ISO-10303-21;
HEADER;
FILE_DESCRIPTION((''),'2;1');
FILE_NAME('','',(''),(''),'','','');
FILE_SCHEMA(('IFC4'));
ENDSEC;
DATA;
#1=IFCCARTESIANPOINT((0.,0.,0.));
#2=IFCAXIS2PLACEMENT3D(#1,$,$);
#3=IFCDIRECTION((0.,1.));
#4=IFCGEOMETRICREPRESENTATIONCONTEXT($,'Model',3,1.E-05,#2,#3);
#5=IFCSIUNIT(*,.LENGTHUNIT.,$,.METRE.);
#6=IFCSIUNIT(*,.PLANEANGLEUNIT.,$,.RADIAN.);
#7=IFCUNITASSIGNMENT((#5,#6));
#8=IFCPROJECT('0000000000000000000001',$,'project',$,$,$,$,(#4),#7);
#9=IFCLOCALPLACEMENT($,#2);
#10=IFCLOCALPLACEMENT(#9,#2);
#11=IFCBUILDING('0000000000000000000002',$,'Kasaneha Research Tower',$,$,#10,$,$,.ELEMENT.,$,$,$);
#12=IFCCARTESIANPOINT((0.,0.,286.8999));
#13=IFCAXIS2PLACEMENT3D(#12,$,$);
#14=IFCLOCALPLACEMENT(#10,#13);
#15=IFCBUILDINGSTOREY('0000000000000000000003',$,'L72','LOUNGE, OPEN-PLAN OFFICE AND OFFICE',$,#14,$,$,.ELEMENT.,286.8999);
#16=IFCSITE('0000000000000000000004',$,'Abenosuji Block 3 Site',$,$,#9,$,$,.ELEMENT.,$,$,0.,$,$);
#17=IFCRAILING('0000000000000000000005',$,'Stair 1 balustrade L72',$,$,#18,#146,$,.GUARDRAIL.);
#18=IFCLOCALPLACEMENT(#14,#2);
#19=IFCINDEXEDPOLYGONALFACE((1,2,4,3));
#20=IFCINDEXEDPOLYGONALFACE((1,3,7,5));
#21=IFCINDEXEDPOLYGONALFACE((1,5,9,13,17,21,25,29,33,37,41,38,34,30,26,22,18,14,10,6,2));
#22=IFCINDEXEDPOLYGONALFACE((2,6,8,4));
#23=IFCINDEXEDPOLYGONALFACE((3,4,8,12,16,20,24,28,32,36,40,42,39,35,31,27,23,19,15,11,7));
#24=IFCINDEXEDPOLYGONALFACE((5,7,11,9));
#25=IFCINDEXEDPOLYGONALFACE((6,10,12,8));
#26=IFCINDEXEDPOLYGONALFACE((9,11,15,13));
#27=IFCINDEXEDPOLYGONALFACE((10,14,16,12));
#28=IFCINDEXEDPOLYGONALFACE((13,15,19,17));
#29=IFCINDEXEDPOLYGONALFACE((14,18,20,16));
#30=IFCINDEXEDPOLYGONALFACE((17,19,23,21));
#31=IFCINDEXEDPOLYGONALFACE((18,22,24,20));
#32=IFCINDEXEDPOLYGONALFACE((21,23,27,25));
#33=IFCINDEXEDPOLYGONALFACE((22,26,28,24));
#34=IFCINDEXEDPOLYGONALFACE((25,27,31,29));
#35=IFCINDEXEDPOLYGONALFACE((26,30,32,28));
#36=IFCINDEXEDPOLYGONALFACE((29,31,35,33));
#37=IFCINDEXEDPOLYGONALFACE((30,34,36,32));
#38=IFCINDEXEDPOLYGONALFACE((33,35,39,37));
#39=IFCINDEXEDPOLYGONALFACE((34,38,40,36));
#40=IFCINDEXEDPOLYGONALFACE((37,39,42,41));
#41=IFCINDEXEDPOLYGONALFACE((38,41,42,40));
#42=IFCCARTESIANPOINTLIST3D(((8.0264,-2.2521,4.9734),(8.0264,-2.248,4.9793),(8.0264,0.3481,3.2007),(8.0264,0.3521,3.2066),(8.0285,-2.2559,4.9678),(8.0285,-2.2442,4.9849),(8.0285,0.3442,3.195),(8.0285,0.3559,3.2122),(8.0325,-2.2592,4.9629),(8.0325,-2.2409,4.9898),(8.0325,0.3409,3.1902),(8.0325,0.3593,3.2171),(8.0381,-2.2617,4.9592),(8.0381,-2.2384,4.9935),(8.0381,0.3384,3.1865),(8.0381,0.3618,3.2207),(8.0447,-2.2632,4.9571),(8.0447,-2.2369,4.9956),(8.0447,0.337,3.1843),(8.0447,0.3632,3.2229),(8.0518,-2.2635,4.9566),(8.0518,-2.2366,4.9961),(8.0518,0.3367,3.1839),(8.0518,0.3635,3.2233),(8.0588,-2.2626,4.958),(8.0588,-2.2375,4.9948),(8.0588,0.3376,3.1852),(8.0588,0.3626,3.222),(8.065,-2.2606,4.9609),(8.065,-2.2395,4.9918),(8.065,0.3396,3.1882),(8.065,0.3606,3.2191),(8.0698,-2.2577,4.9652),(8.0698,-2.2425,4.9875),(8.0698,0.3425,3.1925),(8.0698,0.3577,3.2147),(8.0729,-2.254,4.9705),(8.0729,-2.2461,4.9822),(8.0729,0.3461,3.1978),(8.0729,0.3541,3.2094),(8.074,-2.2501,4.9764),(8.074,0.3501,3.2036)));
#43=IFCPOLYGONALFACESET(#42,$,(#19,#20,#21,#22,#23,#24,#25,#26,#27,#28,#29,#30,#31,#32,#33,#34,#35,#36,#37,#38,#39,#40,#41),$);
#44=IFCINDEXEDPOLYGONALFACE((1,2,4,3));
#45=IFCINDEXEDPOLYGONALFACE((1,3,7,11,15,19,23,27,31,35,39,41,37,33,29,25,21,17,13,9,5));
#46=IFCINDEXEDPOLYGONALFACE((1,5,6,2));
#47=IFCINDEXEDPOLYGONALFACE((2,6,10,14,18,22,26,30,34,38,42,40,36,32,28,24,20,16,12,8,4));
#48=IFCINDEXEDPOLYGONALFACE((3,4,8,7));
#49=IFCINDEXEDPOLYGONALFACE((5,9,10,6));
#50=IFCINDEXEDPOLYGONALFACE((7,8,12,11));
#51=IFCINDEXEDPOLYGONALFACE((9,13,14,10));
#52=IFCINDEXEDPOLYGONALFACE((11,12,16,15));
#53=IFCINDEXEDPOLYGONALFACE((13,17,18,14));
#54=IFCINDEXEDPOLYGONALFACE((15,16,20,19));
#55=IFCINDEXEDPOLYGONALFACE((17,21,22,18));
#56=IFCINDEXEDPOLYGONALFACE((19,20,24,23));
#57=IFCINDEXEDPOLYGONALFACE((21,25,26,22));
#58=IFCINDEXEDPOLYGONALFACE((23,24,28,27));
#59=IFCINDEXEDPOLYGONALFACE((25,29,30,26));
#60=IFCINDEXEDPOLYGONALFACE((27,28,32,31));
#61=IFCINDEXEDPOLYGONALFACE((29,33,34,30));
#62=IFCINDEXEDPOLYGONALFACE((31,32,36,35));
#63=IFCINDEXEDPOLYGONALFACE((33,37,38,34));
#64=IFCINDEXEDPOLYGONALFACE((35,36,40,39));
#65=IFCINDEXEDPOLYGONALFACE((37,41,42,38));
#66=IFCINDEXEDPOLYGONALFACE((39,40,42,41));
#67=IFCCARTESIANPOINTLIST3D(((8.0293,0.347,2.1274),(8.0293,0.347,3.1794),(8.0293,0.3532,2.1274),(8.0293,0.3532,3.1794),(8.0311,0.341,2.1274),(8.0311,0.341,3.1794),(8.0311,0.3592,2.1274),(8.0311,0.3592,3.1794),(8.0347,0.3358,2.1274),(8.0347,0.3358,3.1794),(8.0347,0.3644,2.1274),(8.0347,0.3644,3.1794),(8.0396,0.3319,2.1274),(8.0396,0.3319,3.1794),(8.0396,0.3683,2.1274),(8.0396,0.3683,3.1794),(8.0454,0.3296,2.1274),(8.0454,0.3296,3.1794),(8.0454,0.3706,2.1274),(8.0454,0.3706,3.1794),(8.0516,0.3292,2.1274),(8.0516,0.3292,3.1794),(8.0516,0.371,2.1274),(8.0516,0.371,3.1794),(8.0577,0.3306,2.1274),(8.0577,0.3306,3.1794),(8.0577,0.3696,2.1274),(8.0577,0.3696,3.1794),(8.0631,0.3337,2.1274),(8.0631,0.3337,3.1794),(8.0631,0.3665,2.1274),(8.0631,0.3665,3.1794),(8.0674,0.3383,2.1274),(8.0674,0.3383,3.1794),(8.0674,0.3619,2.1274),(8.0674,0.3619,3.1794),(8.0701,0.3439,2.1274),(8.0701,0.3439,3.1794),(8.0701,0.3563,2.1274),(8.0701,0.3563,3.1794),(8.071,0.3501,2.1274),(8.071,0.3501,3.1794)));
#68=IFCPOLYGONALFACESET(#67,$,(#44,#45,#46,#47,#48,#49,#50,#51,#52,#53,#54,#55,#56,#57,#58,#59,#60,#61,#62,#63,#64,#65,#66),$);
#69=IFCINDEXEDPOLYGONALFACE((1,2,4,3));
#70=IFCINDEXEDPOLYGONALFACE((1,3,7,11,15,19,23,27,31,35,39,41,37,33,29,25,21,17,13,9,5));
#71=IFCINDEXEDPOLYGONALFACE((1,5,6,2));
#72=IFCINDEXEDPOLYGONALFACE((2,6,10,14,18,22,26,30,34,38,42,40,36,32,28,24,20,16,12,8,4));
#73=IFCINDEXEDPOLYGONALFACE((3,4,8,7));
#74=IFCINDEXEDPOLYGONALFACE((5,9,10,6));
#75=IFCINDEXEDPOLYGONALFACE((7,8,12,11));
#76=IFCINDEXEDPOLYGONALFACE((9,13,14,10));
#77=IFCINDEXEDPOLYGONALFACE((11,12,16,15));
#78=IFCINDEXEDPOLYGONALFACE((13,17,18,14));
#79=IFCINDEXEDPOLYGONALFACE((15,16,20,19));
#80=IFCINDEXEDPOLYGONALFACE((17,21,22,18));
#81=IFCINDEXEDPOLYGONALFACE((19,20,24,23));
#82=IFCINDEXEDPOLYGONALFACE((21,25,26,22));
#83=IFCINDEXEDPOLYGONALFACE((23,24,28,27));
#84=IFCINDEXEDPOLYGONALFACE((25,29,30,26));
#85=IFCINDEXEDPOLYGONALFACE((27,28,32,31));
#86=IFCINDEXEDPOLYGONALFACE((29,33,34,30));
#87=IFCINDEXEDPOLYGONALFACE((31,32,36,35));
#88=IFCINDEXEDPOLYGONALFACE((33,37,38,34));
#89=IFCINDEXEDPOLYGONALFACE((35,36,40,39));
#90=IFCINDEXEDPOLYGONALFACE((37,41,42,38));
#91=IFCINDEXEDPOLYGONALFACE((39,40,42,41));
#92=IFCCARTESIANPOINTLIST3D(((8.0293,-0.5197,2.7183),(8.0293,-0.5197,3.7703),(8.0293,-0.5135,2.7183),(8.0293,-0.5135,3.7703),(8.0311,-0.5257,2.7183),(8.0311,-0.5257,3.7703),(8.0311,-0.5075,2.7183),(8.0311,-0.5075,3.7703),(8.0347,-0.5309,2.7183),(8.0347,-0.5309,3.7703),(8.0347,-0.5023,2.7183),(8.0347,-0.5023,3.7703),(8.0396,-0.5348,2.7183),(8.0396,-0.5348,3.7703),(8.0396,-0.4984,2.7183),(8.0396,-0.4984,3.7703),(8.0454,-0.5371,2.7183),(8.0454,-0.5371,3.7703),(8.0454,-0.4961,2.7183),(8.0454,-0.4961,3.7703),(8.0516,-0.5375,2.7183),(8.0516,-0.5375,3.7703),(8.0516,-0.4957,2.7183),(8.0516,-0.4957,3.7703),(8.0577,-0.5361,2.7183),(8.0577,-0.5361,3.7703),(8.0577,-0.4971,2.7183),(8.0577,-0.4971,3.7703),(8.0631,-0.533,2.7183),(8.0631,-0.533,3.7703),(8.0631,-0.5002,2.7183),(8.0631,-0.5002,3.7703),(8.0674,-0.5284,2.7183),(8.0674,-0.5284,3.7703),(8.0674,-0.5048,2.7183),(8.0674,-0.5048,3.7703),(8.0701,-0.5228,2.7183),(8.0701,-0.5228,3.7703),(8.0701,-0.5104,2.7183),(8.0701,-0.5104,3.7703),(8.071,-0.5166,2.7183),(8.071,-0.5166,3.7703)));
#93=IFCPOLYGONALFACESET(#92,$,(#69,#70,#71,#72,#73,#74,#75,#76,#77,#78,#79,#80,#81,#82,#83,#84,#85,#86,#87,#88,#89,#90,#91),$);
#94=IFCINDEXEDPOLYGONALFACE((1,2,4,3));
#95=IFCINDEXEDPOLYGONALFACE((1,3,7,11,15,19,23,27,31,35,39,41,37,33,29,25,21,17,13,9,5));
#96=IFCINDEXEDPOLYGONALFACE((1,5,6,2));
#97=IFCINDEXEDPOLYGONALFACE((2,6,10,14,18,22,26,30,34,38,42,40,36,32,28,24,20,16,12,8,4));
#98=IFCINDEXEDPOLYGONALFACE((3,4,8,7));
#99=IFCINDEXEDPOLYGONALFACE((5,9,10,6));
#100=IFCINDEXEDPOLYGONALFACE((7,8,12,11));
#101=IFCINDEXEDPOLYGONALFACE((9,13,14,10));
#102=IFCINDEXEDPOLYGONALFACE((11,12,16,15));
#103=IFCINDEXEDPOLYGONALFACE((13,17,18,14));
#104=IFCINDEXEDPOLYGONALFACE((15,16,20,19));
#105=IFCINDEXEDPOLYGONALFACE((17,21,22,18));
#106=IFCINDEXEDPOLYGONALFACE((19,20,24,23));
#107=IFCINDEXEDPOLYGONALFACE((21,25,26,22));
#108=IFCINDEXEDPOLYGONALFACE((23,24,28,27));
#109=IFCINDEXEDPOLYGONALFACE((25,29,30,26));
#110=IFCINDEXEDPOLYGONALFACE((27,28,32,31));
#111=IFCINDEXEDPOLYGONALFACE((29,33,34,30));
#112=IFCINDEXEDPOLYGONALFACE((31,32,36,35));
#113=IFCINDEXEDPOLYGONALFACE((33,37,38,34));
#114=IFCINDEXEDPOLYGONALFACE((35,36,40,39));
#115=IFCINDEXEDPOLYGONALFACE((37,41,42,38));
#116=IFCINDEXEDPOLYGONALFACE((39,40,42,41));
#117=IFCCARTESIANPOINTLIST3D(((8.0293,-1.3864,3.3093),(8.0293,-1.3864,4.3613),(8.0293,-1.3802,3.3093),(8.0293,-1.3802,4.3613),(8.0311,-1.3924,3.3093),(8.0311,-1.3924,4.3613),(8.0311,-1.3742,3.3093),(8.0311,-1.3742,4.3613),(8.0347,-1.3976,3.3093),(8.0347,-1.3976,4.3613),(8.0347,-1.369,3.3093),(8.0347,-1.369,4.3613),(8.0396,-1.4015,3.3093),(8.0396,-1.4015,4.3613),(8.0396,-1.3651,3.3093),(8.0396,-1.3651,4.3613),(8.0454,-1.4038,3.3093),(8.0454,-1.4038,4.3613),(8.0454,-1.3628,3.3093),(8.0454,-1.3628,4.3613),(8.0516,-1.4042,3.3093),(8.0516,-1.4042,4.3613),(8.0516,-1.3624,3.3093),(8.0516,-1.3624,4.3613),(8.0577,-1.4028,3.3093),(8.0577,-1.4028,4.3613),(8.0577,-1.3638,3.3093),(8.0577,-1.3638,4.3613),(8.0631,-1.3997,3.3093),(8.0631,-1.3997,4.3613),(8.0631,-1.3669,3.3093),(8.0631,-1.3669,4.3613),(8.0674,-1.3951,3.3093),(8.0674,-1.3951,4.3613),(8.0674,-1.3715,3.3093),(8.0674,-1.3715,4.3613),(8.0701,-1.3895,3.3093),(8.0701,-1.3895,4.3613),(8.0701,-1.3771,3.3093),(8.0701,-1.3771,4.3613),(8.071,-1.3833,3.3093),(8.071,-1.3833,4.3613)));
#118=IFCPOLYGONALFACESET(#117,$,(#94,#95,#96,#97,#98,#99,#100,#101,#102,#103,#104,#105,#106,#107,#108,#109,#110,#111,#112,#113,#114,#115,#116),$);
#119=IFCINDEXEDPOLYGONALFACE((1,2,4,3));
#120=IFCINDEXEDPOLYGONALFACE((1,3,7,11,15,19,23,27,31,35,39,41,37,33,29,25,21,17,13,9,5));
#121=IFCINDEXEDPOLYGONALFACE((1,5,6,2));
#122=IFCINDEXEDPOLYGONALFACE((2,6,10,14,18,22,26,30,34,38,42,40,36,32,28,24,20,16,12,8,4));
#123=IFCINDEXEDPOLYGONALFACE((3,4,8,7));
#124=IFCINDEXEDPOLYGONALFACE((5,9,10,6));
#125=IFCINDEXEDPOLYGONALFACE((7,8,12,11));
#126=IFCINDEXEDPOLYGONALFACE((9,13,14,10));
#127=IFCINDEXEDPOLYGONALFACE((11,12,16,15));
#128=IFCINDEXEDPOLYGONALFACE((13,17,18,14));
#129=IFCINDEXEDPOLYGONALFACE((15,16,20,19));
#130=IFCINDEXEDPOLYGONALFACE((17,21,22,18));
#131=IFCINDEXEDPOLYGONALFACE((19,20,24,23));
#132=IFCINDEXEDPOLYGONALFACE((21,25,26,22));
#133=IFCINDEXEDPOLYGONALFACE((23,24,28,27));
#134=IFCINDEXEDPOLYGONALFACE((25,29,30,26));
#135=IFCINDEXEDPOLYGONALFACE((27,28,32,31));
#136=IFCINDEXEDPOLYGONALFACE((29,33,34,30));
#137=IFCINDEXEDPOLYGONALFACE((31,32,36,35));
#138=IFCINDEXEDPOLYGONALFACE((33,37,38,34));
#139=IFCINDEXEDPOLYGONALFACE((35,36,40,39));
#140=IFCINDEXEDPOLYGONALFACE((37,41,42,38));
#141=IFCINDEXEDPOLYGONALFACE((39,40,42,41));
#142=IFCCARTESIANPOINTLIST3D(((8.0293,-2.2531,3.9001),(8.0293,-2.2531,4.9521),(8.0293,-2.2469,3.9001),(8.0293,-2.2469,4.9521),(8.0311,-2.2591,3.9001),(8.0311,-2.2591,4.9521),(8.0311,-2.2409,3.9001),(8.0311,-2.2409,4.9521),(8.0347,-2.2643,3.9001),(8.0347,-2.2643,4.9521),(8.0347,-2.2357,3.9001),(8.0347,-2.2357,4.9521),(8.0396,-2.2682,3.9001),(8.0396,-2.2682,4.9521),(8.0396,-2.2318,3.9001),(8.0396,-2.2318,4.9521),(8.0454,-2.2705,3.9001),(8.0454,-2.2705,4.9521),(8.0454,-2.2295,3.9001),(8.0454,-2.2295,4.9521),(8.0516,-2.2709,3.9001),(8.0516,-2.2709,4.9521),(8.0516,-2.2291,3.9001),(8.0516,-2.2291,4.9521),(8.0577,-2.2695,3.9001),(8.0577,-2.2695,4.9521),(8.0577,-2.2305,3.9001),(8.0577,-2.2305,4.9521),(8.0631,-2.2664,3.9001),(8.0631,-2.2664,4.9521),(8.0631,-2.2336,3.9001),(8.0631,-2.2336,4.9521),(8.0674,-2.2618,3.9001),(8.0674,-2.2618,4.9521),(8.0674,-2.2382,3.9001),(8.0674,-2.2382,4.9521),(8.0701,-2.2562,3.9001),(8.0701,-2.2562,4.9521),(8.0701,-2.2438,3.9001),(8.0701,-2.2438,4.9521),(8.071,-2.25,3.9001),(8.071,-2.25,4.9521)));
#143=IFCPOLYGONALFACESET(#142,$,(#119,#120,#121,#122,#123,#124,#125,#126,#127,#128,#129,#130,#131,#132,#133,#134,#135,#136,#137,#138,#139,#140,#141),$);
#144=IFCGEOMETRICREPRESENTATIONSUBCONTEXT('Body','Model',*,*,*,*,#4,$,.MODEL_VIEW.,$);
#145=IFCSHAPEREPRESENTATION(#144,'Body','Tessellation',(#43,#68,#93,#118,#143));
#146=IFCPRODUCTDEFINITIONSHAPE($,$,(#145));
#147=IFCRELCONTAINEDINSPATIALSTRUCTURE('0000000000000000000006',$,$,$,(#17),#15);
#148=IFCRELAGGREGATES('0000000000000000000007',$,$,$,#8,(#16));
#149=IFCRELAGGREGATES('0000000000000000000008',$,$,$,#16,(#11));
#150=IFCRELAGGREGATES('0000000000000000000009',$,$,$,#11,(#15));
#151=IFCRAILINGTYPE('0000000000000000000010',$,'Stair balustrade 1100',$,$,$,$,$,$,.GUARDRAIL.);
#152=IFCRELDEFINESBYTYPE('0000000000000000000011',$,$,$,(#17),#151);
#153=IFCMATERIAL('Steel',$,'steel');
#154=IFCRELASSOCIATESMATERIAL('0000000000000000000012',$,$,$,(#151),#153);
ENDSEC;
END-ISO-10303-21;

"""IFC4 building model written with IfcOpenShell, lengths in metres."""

from ifc_helpers import new_model, si_unit, direction, frame, origin, origin_2d, place, context, subcontext, project, spatial, circle, extrude, material, type_object, element, save


model = new_model("IFC4")

# Units and contexts
model_context = context("Model", 3, precision=1e-05, world=origin(), true_north=direction((0.0, 1.0)))
body_context = subcontext(model_context, "Body", "Model", "MODEL_VIEW")
ifc_project = project(units=[si_unit("LENGTHUNIT", "METRE"), si_unit("PLANEANGLEUNIT", "RADIAN")], contexts=[model_context])

# Site, building, storey
site_placement = place(None, origin())
site = spatial("IfcSite", under=ifc_project, at=site_placement, Name="Abenosuji Block 3 Site", CompositionType="ELEMENT", RefElevation=0.0)
building_placement = place(site_placement, origin())
building = spatial("IfcBuilding", under=site, at=building_placement, Name="Kasaneha Research Tower", CompositionType="ELEMENT")
storey_placement = place(building_placement, frame((0.0, 0.0, 286.8999)))
storey = spatial("IfcBuildingStorey", under=building, at=storey_placement, Name="L72", Description="LOUNGE, OPEN-PLAN OFFICE AND OFFICE", CompositionType="ELEMENT", Elevation=286.8999)

# Railing
ifc_material_1 = material(Name="Steel", Category="steel")
railing_type_1 = type_object("IfcRailingType", Name="Stair balustrade 1100", PredefinedType="GUARDRAIL", material=ifc_material_1)
railing_1_placement = place(storey_placement, frame((8.05, 0.3501, 2.1274)))
element("IfcRailing", 1, at=railing_1_placement, inside=storey, type_object=railing_type_1, Name="Stair 1 balustrade L72", PredefinedType="GUARDRAIL", context=body_context, shape_type="SweptSolid", body=[
    extrude(circle(Radius=0.0239, at=origin_2d()), frame((0.0, 0.0, 1.0762), z_axis=(0.0, -0.82624, 0.563318), x_axis=(1.0, 0.0, 0.0)), (0.0, 0.0, 1.0), 3.147),
    extrude(circle(Radius=0.021, at=origin_2d()), origin(), (0.0, 0.0, 1.0), 1.052),
    extrude(circle(Radius=0.021, at=origin_2d()), frame((0.0, -0.8667, 0.5908)), (0.0, 0.0, 1.0), 1.052),
    extrude(circle(Radius=0.021, at=origin_2d()), frame((0.0, -1.7334, 1.1819)), (0.0, 0.0, 1.0), 1.052),
    extrude(circle(Radius=0.021, at=origin_2d()), frame((0.0, -2.6001, 1.7727)), (0.0, 0.0, 1.0), 1.052),
])

save(model, "model.ifc")
